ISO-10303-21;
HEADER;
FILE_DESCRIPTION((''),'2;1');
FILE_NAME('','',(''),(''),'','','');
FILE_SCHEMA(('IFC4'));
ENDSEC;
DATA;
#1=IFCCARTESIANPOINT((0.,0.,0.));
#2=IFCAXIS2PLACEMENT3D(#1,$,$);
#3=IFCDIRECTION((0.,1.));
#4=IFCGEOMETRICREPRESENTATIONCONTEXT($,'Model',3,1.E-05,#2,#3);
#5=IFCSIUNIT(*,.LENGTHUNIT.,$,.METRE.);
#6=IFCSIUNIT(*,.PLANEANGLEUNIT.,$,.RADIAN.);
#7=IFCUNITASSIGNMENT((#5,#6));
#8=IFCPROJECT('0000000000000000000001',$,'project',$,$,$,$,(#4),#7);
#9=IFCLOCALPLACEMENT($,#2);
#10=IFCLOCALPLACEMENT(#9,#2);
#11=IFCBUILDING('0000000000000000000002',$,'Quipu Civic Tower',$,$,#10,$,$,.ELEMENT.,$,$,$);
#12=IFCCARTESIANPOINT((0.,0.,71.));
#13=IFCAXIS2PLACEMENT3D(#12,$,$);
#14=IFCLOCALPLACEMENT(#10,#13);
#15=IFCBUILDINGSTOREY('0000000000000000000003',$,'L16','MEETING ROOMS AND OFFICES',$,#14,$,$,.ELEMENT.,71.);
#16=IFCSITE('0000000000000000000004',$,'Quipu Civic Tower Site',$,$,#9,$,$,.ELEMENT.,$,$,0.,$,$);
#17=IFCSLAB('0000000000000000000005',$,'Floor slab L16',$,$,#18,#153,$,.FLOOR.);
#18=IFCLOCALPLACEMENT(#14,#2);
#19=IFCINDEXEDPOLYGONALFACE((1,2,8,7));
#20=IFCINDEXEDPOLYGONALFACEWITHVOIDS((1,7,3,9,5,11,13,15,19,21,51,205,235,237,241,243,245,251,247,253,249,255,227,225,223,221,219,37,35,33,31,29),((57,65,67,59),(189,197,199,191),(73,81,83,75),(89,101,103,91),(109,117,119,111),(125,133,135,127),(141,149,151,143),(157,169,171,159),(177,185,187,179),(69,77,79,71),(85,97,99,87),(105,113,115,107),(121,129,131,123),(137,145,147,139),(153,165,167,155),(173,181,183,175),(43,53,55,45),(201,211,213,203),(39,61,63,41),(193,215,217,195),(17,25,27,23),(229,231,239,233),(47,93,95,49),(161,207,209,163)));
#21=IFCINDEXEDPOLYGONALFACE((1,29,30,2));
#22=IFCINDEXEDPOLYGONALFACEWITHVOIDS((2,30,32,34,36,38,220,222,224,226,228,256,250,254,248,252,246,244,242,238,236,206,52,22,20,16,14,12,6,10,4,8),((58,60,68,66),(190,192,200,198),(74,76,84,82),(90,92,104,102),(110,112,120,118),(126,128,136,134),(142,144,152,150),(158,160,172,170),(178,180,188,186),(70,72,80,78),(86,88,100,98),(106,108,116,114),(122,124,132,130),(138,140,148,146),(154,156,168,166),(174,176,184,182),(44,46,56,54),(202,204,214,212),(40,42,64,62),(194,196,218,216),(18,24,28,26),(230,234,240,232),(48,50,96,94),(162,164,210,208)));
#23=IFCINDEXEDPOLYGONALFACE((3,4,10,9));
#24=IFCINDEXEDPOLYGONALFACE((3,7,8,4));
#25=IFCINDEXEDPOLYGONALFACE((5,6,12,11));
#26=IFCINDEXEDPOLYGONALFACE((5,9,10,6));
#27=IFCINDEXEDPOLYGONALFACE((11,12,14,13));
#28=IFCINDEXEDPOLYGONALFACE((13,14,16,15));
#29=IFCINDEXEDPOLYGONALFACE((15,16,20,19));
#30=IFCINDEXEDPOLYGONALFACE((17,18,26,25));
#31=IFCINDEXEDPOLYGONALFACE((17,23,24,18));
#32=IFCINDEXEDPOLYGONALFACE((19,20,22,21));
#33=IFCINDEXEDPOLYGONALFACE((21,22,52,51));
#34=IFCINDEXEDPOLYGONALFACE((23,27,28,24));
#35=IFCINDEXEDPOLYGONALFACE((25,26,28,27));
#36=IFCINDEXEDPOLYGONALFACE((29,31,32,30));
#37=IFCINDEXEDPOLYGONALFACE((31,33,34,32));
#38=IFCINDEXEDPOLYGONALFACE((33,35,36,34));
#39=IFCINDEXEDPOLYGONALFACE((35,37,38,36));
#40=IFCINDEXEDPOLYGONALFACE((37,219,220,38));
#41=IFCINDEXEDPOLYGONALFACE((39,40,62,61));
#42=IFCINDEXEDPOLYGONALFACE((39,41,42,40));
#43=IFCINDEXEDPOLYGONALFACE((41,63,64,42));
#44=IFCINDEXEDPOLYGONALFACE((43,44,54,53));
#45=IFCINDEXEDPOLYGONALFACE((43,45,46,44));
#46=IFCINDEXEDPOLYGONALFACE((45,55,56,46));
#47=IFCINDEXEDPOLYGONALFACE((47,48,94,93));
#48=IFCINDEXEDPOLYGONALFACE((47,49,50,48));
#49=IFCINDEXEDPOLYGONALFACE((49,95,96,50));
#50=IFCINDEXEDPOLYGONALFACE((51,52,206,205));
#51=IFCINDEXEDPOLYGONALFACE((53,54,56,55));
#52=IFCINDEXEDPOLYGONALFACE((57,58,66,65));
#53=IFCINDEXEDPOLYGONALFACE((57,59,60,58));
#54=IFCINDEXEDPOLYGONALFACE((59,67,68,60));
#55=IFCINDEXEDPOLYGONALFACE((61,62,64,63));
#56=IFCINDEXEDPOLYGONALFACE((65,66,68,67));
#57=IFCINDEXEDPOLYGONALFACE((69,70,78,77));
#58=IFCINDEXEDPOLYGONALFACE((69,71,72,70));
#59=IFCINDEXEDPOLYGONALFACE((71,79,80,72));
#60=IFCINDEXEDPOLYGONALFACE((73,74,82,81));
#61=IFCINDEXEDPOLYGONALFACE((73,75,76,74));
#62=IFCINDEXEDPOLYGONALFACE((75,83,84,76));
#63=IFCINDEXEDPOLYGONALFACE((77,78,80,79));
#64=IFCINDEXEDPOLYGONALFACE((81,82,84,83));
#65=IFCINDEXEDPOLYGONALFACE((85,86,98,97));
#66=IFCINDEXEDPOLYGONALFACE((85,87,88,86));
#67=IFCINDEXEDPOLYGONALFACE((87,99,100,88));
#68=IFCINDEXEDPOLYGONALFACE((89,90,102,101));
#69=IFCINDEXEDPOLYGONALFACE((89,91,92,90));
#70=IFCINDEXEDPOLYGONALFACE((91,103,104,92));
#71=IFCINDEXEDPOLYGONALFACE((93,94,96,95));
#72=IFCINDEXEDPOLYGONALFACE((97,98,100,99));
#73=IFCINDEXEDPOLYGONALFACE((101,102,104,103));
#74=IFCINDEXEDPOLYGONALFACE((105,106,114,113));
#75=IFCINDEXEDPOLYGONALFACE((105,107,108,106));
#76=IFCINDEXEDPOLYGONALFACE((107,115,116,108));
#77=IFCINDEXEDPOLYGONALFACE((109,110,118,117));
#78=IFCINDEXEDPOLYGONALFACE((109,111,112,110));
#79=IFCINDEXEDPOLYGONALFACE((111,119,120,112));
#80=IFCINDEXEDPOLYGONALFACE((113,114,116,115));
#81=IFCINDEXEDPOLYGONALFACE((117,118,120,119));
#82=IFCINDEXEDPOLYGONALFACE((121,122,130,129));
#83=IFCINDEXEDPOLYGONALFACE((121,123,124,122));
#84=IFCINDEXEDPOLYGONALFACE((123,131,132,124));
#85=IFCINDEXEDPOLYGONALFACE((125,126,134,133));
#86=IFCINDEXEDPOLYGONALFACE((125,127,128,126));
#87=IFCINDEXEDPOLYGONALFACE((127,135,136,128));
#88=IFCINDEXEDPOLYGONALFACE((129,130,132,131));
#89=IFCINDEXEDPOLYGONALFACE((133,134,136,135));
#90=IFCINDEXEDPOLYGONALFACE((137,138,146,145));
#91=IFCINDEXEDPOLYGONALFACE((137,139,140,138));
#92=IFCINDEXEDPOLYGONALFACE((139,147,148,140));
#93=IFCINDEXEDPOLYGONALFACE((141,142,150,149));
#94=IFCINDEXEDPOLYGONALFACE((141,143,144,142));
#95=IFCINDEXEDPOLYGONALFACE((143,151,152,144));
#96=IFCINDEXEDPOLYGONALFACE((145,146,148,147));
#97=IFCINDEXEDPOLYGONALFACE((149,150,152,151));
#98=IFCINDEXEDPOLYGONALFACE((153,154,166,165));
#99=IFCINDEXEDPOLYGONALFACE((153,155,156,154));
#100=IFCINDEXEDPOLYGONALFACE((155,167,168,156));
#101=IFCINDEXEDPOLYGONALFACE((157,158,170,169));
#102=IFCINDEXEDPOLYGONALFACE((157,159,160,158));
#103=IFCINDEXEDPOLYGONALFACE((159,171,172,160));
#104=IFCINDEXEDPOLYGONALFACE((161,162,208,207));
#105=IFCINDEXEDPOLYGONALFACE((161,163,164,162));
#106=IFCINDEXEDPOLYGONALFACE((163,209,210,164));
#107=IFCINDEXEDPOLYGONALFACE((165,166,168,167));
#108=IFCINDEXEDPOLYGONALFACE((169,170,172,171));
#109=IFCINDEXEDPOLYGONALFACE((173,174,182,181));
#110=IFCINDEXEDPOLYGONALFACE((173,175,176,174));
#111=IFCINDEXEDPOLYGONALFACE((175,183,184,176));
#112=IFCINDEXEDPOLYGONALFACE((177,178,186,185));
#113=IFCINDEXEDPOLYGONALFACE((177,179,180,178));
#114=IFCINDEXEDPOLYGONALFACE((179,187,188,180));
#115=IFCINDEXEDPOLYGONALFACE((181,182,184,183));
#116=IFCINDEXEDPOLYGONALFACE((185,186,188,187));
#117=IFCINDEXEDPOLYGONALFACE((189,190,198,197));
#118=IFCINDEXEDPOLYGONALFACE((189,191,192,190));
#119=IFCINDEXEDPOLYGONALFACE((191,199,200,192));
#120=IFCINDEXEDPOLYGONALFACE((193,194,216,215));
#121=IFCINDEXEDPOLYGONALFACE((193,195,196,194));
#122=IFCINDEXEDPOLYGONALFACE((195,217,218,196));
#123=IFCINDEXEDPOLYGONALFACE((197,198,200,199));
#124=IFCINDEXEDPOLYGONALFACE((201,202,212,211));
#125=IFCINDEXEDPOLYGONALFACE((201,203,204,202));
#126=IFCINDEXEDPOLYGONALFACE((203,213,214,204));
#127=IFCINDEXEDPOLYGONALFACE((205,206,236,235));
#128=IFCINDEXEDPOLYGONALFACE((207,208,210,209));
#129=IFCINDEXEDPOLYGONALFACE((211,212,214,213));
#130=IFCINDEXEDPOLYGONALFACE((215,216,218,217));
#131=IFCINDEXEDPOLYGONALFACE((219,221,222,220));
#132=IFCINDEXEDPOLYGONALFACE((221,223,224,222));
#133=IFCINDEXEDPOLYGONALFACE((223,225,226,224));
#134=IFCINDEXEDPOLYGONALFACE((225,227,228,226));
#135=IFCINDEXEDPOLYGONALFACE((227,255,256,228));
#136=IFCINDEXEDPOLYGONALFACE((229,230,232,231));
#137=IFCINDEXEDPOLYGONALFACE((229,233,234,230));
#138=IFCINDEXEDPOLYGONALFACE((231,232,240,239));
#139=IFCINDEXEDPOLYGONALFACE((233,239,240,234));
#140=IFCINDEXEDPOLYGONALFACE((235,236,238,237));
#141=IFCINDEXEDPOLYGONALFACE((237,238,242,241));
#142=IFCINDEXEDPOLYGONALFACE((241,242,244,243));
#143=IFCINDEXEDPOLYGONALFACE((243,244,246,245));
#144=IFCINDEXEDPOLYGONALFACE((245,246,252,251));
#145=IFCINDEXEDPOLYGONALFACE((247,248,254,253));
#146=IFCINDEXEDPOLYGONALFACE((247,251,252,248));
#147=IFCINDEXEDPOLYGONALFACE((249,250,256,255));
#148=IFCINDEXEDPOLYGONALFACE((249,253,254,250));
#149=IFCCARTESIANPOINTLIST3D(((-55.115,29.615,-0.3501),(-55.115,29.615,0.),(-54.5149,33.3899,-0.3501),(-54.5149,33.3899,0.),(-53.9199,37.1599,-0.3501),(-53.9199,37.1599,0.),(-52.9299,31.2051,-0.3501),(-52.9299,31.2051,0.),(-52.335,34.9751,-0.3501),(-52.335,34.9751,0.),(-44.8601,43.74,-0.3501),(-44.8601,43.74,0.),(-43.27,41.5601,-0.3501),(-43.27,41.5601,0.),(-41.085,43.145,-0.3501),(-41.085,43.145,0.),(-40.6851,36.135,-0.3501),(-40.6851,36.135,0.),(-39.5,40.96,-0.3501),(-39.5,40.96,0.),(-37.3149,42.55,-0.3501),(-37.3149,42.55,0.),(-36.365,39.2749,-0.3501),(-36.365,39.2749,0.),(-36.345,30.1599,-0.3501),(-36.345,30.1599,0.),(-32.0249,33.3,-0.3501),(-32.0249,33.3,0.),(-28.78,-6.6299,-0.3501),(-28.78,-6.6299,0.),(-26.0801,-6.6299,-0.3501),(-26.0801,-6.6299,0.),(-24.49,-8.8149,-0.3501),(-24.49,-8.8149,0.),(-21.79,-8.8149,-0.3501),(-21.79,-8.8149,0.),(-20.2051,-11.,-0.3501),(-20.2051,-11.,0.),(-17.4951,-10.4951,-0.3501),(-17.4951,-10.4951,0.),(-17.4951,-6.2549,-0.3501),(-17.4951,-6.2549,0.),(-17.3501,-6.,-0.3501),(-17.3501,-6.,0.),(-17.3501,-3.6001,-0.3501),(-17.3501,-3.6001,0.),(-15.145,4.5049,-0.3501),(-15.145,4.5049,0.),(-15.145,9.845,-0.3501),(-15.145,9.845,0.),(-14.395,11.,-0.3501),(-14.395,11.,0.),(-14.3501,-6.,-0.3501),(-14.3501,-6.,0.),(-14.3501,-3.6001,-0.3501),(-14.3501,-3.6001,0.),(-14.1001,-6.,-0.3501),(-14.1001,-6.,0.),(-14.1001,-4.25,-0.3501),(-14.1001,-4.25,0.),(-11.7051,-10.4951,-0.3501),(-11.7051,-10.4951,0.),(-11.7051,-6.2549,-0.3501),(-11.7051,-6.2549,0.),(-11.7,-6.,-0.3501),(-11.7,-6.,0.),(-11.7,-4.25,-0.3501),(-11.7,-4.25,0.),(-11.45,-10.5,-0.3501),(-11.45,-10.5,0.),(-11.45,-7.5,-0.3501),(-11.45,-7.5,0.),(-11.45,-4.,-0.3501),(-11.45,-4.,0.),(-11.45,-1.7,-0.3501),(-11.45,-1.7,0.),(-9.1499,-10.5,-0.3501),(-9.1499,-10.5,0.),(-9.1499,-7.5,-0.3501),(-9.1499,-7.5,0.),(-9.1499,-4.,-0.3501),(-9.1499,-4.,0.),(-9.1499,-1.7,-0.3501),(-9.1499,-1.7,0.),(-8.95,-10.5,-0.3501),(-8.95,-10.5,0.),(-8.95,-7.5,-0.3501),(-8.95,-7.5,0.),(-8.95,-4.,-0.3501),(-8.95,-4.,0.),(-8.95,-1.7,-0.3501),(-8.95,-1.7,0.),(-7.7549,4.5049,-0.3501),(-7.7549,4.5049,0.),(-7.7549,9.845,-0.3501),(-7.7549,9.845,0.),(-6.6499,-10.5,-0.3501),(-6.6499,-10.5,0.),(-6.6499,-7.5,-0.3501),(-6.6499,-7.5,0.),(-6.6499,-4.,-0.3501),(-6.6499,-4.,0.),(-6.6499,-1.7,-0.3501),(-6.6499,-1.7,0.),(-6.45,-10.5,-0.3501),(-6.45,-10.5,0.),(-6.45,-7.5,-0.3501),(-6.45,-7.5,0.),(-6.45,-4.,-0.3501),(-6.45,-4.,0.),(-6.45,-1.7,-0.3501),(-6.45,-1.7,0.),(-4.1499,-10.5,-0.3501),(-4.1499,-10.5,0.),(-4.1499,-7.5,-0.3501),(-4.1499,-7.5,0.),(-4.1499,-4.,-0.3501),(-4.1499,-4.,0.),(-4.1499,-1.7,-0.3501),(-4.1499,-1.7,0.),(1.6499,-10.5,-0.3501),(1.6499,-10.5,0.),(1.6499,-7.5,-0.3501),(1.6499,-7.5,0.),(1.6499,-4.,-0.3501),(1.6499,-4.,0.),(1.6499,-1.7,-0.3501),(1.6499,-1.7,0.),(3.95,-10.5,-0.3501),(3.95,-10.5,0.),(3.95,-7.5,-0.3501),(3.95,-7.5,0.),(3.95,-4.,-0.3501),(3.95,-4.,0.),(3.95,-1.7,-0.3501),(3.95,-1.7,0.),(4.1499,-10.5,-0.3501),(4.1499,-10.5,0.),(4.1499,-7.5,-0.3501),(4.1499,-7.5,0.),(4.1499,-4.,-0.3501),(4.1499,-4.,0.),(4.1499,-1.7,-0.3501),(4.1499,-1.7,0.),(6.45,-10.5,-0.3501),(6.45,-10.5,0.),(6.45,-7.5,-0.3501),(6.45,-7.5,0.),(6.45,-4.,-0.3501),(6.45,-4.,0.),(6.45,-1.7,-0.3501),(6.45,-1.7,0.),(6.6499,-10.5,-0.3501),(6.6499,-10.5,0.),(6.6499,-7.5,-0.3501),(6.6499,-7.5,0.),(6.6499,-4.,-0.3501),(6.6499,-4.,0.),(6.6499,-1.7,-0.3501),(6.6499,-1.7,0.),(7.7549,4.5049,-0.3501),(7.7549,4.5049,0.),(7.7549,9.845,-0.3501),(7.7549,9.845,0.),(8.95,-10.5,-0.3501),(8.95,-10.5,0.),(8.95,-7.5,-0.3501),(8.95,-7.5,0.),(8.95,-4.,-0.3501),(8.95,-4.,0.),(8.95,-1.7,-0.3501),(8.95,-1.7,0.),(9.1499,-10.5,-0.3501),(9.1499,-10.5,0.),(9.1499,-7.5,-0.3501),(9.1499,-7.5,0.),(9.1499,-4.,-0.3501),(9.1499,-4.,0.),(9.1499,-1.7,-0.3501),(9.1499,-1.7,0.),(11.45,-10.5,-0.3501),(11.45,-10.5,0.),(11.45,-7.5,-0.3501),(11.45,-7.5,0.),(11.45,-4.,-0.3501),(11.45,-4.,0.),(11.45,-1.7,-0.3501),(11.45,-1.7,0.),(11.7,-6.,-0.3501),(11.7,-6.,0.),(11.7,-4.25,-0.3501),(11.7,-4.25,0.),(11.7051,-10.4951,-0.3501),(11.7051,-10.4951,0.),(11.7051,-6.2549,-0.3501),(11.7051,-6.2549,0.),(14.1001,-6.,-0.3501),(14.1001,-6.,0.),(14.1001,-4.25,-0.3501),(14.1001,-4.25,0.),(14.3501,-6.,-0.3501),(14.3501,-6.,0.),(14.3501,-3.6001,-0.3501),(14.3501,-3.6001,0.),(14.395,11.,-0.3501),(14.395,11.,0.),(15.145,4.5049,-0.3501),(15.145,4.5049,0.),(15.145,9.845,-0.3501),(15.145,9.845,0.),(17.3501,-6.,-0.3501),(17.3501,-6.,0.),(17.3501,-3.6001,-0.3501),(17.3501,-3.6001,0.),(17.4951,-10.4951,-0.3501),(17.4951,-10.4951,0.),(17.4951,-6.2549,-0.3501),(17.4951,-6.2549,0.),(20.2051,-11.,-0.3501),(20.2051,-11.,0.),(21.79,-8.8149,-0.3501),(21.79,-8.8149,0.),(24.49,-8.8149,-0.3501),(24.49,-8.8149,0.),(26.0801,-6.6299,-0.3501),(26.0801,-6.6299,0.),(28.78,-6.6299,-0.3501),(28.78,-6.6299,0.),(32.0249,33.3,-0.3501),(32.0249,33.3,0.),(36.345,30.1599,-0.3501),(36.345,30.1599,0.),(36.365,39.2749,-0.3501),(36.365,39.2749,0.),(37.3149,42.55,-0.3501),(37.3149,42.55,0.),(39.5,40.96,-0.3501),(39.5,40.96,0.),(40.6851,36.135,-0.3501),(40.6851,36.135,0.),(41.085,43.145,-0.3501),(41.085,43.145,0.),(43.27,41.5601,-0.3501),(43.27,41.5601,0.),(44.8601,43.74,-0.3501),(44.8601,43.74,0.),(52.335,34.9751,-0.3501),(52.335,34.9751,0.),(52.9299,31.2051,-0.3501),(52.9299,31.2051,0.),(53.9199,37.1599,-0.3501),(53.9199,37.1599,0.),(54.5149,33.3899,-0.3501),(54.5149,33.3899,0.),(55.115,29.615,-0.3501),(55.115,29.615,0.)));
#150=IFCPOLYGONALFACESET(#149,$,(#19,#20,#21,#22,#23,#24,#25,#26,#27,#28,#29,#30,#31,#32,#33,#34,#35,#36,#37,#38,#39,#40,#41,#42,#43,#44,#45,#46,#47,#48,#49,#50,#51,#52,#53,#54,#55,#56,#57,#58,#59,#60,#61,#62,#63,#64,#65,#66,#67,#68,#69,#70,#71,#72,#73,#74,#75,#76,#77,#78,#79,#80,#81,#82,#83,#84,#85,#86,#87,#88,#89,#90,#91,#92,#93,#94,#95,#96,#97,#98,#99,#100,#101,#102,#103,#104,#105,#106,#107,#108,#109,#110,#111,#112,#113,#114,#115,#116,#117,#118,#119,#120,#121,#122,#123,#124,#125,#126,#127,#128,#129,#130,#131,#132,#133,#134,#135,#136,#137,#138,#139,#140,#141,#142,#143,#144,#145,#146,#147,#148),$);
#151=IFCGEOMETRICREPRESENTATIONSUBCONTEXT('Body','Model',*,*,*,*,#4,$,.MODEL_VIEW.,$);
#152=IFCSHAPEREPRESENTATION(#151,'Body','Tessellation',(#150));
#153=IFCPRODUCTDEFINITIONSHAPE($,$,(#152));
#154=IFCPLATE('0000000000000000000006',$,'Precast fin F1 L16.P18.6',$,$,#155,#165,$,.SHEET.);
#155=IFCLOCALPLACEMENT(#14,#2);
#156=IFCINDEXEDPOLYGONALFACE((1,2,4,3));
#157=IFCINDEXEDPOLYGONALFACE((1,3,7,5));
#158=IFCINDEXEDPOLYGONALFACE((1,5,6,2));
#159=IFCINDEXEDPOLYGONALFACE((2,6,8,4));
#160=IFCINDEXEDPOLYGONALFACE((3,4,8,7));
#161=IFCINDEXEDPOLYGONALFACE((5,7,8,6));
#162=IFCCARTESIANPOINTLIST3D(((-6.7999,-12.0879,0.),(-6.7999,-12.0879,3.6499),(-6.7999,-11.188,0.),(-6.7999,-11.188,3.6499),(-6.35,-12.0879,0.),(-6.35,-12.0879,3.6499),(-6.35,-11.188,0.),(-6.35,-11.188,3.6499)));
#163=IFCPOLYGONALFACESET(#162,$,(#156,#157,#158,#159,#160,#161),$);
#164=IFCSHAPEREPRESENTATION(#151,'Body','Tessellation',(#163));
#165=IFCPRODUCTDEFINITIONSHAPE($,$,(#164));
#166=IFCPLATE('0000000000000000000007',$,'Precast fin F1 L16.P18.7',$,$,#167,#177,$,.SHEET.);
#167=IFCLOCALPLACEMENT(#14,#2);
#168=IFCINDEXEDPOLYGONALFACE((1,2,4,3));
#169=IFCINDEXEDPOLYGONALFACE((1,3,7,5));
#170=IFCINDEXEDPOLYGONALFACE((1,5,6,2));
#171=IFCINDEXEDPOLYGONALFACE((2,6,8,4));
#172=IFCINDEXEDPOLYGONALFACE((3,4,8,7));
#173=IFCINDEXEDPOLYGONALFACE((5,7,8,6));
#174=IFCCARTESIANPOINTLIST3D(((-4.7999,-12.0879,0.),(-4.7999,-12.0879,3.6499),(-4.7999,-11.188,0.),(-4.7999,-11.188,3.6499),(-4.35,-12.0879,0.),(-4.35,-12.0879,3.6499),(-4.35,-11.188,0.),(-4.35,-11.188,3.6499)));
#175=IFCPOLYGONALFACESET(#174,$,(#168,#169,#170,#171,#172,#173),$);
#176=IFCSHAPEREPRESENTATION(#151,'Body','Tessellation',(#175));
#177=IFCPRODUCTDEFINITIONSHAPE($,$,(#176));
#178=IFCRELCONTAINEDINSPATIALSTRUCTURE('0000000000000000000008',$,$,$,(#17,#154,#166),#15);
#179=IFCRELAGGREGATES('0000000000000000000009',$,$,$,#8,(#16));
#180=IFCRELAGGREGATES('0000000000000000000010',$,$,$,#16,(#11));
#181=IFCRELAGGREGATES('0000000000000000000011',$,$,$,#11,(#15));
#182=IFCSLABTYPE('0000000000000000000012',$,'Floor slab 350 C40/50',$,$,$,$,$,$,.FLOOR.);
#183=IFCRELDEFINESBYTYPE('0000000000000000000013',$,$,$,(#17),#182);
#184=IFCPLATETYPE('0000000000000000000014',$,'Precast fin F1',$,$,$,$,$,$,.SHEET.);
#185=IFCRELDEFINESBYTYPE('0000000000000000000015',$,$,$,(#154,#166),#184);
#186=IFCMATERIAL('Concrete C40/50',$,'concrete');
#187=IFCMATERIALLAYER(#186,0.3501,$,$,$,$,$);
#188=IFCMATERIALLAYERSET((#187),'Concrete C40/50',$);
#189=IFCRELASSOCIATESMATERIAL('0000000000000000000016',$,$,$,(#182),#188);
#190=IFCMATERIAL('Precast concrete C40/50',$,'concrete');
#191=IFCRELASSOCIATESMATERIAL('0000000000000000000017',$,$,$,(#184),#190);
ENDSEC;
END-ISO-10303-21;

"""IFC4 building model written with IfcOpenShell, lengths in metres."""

from ifc_helpers import new_model, si_unit, direction, frame, origin, origin_2d, place, context, subcontext, project, spatial, polyline, rectangle, outline, extrude, material, layer, layer_set, type_object, element, save


model = new_model("IFC4")

# Units and contexts
model_context = context("Model", 3, precision=1e-05, world=origin(), true_north=direction((0.0, 1.0)))
body_context = subcontext(model_context, "Body", "Model", "MODEL_VIEW")
ifc_project = project(units=[si_unit("LENGTHUNIT", "METRE"), si_unit("PLANEANGLEUNIT", "RADIAN")], contexts=[model_context])

# Site, building, storey
site_placement = place(None, origin())
site = spatial("IfcSite", under=ifc_project, at=site_placement, Name="Quipu Civic Tower Site", CompositionType="ELEMENT", RefElevation=0.0)
building_placement = place(site_placement, origin())
building = spatial("IfcBuilding", under=site, at=building_placement, Name="Quipu Civic Tower", CompositionType="ELEMENT")
storey_placement = place(building_placement, frame((0.0, 0.0, 71.0)))
storey = spatial("IfcBuildingStorey", under=building, at=storey_placement, Name="L16", Description="MEETING ROOMS AND OFFICES", CompositionType="ELEMENT", Elevation=71.0)

# Slab
ifc_material_1 = material(Name="Concrete C40/50", Category="concrete")
ifc_layer_1 = layer(ifc_material_1, 0.3501)
ifc_layer_set_1 = layer_set([ifc_layer_1], Name="Concrete C40/50")
slab_type_1 = type_object("IfcSlabType", Name="Floor slab 350 C40/50", PredefinedType="FLOOR", material=ifc_layer_set_1)
slab_1_placement = place(storey_placement, frame((0.0, 0.0, -0.3501)))
element("IfcSlab", 1, at=slab_1_placement, inside=storey, type_object=slab_type_1, Name="Floor slab L16", PredefinedType="FLOOR", context=body_context, shape_type="SweptSolid", body=[
    extrude(outline(polyline([(37.3149, 42.55), (39.5, 40.96), (41.085, 43.145), (43.27, 41.5601), (44.8601, 43.74), (53.9199, 37.1599), (52.335, 34.9751), (54.5149, 33.3899), (52.9299, 31.2051), (55.115, 29.615), (28.78, -6.6299), (26.0801, -6.6299), (24.49, -8.8149), (21.79, -8.8149), (20.2051, -11.0), (-20.2051, -11.0), (-21.79, -8.8149), (-24.49, -8.8149), (-26.0801, -6.6299), (-28.78, -6.6299), (-55.115, 29.615), (-52.9299, 31.2051), (-54.5149, 33.3899), (-52.335, 34.9751), (-53.9199, 37.1599), (-44.8601, 43.74), (-43.27, 41.5601), (-41.085, 43.145), (-39.5, 40.96), (-37.3149, 42.55), (-14.395, 11.0), (14.395, 11.0), (37.3149, 42.55)]), holes=[polyline([(-11.45, -7.5), (-11.45, -10.5), (-9.1499, -10.5), (-9.1499, -7.5), (-11.45, -7.5)]), polyline([(-6.6499, -7.5), (-8.95, -7.5), (-8.95, -10.5), (-6.6499, -10.5), (-6.6499, -7.5)]), polyline([(-4.1499, -7.5), (-6.45, -7.5), (-6.45, -10.5), (-4.1499, -10.5), (-4.1499, -7.5)]), polyline([(1.6499, -7.5), (1.6499, -10.5), (3.95, -10.5), (3.95, -7.5), (1.6499, -7.5)]), polyline([(-11.7051, -10.4951), (-11.7051, -6.2549), (-17.4951, -6.2549), (-17.4951, -10.4951), (-11.7051, -10.4951)]), polyline([(-11.7, -4.25), (-14.1001, -4.25), (-14.1001, -6.0), (-11.7, -6.0), (-11.7, -4.25)]), polyline([(-17.3501, -3.6001), (-17.3501, -6.0), (-14.3501, -6.0), (-14.3501, -3.6001), (-17.3501, -3.6001)]), polyline([(-9.1499, -1.7), (-11.45, -1.7), (-11.45, -4.0), (-9.1499, -4.0), (-9.1499, -1.7)]), polyline([(-6.6499, -1.7), (-8.95, -1.7), (-8.95, -4.0), (-6.6499, -4.0), (-6.6499, -1.7)]), polyline([(-6.45, -1.7), (-6.45, -4.0), (-4.1499, -4.0), (-4.1499, -1.7), (-6.45, -1.7)]), polyline([(-7.7549, 4.5049), (-7.7549, 9.845), (-15.145, 9.845), (-15.145, 4.5049), (-7.7549, 4.5049)]), polyline([(-36.365, 39.2749), (-40.6851, 36.135), (-36.345, 30.1599), (-32.0249, 33.3), (-36.365, 39.2749)]), polyline([(4.1499, -7.5), (4.1499, -10.5), (6.45, -10.5), (6.45, -7.5), (4.1499, -7.5)]), polyline([(8.95, -7.5), (6.6499, -7.5), (6.6499, -10.5), (8.95, -10.5), (8.95, -7.5)]), polyline([(11.45, -7.5), (9.1499, -7.5), (9.1499, -10.5), (11.45, -10.5), (11.45, -7.5)]), polyline([(11.7051, -10.4951), (17.4951, -10.4951), (17.4951, -6.2549), (11.7051, -6.2549), (11.7051, -10.4951)]), polyline([(14.1001, -4.25), (11.7, -4.25), (11.7, -6.0), (14.1001, -6.0), (14.1001, -4.25)]), polyline([(17.3501, -3.6001), (14.3501, -3.6001), (14.3501, -6.0), (17.3501, -6.0), (17.3501, -3.6001)]), polyline([(1.6499, -1.7), (1.6499, -4.0), (3.95, -4.0), (3.95, -1.7), (1.6499, -1.7)]), polyline([(6.45, -1.7), (4.1499, -1.7), (4.1499, -4.0), (6.45, -4.0), (6.45, -1.7)]), polyline([(8.95, -1.7), (6.6499, -1.7), (6.6499, -4.0), (8.95, -4.0), (8.95, -1.7)]), polyline([(9.1499, -1.7), (9.1499, -4.0), (11.45, -4.0), (11.45, -1.7), (9.1499, -1.7)]), polyline([(7.7549, 9.845), (7.7549, 4.5049), (15.145, 4.5049), (15.145, 9.845), (7.7549, 9.845)]), polyline([(40.6851, 36.135), (36.365, 39.2749), (32.0249, 33.3), (36.345, 30.1599), (40.6851, 36.135)])]), origin(), (0.0, 0.0, 1.0), 0.3501),
])

# Plates
ifc_material_2 = material(Name="Precast concrete C40/50", Category="concrete")
plate_type = type_object("IfcPlateType", Name="Precast fin F1", PredefinedType="SHEET", material=ifc_material_2)
for number, where, z_axis, x_axis, name in (
    (2, (-6.575, -11.6379, 0.0), (0.0, 0.0, 1.0), (1.0, 0.0, 0.0), "Precast fin F1 L16.P18.6"),
    (3, (-4.575, -11.6379, 0.0), (0.0, 0.0, 1.0), (1.0, 0.0, 0.0), "Precast fin F1 L16.P18.7"),
):
    element("IfcPlate", number, at=place(storey_placement, frame(where, z_axis=z_axis, x_axis=x_axis)), inside=storey, type_object=plate_type, Name=name, PredefinedType="SHEET", context=body_context, shape_type="SweptSolid", body=[
        extrude(rectangle(XDim=0.45, YDim=0.8999, at=origin_2d()), origin(), (0.0, 0.0, 1.0), 3.6499),
    ])

save(model, "model.ifc")
